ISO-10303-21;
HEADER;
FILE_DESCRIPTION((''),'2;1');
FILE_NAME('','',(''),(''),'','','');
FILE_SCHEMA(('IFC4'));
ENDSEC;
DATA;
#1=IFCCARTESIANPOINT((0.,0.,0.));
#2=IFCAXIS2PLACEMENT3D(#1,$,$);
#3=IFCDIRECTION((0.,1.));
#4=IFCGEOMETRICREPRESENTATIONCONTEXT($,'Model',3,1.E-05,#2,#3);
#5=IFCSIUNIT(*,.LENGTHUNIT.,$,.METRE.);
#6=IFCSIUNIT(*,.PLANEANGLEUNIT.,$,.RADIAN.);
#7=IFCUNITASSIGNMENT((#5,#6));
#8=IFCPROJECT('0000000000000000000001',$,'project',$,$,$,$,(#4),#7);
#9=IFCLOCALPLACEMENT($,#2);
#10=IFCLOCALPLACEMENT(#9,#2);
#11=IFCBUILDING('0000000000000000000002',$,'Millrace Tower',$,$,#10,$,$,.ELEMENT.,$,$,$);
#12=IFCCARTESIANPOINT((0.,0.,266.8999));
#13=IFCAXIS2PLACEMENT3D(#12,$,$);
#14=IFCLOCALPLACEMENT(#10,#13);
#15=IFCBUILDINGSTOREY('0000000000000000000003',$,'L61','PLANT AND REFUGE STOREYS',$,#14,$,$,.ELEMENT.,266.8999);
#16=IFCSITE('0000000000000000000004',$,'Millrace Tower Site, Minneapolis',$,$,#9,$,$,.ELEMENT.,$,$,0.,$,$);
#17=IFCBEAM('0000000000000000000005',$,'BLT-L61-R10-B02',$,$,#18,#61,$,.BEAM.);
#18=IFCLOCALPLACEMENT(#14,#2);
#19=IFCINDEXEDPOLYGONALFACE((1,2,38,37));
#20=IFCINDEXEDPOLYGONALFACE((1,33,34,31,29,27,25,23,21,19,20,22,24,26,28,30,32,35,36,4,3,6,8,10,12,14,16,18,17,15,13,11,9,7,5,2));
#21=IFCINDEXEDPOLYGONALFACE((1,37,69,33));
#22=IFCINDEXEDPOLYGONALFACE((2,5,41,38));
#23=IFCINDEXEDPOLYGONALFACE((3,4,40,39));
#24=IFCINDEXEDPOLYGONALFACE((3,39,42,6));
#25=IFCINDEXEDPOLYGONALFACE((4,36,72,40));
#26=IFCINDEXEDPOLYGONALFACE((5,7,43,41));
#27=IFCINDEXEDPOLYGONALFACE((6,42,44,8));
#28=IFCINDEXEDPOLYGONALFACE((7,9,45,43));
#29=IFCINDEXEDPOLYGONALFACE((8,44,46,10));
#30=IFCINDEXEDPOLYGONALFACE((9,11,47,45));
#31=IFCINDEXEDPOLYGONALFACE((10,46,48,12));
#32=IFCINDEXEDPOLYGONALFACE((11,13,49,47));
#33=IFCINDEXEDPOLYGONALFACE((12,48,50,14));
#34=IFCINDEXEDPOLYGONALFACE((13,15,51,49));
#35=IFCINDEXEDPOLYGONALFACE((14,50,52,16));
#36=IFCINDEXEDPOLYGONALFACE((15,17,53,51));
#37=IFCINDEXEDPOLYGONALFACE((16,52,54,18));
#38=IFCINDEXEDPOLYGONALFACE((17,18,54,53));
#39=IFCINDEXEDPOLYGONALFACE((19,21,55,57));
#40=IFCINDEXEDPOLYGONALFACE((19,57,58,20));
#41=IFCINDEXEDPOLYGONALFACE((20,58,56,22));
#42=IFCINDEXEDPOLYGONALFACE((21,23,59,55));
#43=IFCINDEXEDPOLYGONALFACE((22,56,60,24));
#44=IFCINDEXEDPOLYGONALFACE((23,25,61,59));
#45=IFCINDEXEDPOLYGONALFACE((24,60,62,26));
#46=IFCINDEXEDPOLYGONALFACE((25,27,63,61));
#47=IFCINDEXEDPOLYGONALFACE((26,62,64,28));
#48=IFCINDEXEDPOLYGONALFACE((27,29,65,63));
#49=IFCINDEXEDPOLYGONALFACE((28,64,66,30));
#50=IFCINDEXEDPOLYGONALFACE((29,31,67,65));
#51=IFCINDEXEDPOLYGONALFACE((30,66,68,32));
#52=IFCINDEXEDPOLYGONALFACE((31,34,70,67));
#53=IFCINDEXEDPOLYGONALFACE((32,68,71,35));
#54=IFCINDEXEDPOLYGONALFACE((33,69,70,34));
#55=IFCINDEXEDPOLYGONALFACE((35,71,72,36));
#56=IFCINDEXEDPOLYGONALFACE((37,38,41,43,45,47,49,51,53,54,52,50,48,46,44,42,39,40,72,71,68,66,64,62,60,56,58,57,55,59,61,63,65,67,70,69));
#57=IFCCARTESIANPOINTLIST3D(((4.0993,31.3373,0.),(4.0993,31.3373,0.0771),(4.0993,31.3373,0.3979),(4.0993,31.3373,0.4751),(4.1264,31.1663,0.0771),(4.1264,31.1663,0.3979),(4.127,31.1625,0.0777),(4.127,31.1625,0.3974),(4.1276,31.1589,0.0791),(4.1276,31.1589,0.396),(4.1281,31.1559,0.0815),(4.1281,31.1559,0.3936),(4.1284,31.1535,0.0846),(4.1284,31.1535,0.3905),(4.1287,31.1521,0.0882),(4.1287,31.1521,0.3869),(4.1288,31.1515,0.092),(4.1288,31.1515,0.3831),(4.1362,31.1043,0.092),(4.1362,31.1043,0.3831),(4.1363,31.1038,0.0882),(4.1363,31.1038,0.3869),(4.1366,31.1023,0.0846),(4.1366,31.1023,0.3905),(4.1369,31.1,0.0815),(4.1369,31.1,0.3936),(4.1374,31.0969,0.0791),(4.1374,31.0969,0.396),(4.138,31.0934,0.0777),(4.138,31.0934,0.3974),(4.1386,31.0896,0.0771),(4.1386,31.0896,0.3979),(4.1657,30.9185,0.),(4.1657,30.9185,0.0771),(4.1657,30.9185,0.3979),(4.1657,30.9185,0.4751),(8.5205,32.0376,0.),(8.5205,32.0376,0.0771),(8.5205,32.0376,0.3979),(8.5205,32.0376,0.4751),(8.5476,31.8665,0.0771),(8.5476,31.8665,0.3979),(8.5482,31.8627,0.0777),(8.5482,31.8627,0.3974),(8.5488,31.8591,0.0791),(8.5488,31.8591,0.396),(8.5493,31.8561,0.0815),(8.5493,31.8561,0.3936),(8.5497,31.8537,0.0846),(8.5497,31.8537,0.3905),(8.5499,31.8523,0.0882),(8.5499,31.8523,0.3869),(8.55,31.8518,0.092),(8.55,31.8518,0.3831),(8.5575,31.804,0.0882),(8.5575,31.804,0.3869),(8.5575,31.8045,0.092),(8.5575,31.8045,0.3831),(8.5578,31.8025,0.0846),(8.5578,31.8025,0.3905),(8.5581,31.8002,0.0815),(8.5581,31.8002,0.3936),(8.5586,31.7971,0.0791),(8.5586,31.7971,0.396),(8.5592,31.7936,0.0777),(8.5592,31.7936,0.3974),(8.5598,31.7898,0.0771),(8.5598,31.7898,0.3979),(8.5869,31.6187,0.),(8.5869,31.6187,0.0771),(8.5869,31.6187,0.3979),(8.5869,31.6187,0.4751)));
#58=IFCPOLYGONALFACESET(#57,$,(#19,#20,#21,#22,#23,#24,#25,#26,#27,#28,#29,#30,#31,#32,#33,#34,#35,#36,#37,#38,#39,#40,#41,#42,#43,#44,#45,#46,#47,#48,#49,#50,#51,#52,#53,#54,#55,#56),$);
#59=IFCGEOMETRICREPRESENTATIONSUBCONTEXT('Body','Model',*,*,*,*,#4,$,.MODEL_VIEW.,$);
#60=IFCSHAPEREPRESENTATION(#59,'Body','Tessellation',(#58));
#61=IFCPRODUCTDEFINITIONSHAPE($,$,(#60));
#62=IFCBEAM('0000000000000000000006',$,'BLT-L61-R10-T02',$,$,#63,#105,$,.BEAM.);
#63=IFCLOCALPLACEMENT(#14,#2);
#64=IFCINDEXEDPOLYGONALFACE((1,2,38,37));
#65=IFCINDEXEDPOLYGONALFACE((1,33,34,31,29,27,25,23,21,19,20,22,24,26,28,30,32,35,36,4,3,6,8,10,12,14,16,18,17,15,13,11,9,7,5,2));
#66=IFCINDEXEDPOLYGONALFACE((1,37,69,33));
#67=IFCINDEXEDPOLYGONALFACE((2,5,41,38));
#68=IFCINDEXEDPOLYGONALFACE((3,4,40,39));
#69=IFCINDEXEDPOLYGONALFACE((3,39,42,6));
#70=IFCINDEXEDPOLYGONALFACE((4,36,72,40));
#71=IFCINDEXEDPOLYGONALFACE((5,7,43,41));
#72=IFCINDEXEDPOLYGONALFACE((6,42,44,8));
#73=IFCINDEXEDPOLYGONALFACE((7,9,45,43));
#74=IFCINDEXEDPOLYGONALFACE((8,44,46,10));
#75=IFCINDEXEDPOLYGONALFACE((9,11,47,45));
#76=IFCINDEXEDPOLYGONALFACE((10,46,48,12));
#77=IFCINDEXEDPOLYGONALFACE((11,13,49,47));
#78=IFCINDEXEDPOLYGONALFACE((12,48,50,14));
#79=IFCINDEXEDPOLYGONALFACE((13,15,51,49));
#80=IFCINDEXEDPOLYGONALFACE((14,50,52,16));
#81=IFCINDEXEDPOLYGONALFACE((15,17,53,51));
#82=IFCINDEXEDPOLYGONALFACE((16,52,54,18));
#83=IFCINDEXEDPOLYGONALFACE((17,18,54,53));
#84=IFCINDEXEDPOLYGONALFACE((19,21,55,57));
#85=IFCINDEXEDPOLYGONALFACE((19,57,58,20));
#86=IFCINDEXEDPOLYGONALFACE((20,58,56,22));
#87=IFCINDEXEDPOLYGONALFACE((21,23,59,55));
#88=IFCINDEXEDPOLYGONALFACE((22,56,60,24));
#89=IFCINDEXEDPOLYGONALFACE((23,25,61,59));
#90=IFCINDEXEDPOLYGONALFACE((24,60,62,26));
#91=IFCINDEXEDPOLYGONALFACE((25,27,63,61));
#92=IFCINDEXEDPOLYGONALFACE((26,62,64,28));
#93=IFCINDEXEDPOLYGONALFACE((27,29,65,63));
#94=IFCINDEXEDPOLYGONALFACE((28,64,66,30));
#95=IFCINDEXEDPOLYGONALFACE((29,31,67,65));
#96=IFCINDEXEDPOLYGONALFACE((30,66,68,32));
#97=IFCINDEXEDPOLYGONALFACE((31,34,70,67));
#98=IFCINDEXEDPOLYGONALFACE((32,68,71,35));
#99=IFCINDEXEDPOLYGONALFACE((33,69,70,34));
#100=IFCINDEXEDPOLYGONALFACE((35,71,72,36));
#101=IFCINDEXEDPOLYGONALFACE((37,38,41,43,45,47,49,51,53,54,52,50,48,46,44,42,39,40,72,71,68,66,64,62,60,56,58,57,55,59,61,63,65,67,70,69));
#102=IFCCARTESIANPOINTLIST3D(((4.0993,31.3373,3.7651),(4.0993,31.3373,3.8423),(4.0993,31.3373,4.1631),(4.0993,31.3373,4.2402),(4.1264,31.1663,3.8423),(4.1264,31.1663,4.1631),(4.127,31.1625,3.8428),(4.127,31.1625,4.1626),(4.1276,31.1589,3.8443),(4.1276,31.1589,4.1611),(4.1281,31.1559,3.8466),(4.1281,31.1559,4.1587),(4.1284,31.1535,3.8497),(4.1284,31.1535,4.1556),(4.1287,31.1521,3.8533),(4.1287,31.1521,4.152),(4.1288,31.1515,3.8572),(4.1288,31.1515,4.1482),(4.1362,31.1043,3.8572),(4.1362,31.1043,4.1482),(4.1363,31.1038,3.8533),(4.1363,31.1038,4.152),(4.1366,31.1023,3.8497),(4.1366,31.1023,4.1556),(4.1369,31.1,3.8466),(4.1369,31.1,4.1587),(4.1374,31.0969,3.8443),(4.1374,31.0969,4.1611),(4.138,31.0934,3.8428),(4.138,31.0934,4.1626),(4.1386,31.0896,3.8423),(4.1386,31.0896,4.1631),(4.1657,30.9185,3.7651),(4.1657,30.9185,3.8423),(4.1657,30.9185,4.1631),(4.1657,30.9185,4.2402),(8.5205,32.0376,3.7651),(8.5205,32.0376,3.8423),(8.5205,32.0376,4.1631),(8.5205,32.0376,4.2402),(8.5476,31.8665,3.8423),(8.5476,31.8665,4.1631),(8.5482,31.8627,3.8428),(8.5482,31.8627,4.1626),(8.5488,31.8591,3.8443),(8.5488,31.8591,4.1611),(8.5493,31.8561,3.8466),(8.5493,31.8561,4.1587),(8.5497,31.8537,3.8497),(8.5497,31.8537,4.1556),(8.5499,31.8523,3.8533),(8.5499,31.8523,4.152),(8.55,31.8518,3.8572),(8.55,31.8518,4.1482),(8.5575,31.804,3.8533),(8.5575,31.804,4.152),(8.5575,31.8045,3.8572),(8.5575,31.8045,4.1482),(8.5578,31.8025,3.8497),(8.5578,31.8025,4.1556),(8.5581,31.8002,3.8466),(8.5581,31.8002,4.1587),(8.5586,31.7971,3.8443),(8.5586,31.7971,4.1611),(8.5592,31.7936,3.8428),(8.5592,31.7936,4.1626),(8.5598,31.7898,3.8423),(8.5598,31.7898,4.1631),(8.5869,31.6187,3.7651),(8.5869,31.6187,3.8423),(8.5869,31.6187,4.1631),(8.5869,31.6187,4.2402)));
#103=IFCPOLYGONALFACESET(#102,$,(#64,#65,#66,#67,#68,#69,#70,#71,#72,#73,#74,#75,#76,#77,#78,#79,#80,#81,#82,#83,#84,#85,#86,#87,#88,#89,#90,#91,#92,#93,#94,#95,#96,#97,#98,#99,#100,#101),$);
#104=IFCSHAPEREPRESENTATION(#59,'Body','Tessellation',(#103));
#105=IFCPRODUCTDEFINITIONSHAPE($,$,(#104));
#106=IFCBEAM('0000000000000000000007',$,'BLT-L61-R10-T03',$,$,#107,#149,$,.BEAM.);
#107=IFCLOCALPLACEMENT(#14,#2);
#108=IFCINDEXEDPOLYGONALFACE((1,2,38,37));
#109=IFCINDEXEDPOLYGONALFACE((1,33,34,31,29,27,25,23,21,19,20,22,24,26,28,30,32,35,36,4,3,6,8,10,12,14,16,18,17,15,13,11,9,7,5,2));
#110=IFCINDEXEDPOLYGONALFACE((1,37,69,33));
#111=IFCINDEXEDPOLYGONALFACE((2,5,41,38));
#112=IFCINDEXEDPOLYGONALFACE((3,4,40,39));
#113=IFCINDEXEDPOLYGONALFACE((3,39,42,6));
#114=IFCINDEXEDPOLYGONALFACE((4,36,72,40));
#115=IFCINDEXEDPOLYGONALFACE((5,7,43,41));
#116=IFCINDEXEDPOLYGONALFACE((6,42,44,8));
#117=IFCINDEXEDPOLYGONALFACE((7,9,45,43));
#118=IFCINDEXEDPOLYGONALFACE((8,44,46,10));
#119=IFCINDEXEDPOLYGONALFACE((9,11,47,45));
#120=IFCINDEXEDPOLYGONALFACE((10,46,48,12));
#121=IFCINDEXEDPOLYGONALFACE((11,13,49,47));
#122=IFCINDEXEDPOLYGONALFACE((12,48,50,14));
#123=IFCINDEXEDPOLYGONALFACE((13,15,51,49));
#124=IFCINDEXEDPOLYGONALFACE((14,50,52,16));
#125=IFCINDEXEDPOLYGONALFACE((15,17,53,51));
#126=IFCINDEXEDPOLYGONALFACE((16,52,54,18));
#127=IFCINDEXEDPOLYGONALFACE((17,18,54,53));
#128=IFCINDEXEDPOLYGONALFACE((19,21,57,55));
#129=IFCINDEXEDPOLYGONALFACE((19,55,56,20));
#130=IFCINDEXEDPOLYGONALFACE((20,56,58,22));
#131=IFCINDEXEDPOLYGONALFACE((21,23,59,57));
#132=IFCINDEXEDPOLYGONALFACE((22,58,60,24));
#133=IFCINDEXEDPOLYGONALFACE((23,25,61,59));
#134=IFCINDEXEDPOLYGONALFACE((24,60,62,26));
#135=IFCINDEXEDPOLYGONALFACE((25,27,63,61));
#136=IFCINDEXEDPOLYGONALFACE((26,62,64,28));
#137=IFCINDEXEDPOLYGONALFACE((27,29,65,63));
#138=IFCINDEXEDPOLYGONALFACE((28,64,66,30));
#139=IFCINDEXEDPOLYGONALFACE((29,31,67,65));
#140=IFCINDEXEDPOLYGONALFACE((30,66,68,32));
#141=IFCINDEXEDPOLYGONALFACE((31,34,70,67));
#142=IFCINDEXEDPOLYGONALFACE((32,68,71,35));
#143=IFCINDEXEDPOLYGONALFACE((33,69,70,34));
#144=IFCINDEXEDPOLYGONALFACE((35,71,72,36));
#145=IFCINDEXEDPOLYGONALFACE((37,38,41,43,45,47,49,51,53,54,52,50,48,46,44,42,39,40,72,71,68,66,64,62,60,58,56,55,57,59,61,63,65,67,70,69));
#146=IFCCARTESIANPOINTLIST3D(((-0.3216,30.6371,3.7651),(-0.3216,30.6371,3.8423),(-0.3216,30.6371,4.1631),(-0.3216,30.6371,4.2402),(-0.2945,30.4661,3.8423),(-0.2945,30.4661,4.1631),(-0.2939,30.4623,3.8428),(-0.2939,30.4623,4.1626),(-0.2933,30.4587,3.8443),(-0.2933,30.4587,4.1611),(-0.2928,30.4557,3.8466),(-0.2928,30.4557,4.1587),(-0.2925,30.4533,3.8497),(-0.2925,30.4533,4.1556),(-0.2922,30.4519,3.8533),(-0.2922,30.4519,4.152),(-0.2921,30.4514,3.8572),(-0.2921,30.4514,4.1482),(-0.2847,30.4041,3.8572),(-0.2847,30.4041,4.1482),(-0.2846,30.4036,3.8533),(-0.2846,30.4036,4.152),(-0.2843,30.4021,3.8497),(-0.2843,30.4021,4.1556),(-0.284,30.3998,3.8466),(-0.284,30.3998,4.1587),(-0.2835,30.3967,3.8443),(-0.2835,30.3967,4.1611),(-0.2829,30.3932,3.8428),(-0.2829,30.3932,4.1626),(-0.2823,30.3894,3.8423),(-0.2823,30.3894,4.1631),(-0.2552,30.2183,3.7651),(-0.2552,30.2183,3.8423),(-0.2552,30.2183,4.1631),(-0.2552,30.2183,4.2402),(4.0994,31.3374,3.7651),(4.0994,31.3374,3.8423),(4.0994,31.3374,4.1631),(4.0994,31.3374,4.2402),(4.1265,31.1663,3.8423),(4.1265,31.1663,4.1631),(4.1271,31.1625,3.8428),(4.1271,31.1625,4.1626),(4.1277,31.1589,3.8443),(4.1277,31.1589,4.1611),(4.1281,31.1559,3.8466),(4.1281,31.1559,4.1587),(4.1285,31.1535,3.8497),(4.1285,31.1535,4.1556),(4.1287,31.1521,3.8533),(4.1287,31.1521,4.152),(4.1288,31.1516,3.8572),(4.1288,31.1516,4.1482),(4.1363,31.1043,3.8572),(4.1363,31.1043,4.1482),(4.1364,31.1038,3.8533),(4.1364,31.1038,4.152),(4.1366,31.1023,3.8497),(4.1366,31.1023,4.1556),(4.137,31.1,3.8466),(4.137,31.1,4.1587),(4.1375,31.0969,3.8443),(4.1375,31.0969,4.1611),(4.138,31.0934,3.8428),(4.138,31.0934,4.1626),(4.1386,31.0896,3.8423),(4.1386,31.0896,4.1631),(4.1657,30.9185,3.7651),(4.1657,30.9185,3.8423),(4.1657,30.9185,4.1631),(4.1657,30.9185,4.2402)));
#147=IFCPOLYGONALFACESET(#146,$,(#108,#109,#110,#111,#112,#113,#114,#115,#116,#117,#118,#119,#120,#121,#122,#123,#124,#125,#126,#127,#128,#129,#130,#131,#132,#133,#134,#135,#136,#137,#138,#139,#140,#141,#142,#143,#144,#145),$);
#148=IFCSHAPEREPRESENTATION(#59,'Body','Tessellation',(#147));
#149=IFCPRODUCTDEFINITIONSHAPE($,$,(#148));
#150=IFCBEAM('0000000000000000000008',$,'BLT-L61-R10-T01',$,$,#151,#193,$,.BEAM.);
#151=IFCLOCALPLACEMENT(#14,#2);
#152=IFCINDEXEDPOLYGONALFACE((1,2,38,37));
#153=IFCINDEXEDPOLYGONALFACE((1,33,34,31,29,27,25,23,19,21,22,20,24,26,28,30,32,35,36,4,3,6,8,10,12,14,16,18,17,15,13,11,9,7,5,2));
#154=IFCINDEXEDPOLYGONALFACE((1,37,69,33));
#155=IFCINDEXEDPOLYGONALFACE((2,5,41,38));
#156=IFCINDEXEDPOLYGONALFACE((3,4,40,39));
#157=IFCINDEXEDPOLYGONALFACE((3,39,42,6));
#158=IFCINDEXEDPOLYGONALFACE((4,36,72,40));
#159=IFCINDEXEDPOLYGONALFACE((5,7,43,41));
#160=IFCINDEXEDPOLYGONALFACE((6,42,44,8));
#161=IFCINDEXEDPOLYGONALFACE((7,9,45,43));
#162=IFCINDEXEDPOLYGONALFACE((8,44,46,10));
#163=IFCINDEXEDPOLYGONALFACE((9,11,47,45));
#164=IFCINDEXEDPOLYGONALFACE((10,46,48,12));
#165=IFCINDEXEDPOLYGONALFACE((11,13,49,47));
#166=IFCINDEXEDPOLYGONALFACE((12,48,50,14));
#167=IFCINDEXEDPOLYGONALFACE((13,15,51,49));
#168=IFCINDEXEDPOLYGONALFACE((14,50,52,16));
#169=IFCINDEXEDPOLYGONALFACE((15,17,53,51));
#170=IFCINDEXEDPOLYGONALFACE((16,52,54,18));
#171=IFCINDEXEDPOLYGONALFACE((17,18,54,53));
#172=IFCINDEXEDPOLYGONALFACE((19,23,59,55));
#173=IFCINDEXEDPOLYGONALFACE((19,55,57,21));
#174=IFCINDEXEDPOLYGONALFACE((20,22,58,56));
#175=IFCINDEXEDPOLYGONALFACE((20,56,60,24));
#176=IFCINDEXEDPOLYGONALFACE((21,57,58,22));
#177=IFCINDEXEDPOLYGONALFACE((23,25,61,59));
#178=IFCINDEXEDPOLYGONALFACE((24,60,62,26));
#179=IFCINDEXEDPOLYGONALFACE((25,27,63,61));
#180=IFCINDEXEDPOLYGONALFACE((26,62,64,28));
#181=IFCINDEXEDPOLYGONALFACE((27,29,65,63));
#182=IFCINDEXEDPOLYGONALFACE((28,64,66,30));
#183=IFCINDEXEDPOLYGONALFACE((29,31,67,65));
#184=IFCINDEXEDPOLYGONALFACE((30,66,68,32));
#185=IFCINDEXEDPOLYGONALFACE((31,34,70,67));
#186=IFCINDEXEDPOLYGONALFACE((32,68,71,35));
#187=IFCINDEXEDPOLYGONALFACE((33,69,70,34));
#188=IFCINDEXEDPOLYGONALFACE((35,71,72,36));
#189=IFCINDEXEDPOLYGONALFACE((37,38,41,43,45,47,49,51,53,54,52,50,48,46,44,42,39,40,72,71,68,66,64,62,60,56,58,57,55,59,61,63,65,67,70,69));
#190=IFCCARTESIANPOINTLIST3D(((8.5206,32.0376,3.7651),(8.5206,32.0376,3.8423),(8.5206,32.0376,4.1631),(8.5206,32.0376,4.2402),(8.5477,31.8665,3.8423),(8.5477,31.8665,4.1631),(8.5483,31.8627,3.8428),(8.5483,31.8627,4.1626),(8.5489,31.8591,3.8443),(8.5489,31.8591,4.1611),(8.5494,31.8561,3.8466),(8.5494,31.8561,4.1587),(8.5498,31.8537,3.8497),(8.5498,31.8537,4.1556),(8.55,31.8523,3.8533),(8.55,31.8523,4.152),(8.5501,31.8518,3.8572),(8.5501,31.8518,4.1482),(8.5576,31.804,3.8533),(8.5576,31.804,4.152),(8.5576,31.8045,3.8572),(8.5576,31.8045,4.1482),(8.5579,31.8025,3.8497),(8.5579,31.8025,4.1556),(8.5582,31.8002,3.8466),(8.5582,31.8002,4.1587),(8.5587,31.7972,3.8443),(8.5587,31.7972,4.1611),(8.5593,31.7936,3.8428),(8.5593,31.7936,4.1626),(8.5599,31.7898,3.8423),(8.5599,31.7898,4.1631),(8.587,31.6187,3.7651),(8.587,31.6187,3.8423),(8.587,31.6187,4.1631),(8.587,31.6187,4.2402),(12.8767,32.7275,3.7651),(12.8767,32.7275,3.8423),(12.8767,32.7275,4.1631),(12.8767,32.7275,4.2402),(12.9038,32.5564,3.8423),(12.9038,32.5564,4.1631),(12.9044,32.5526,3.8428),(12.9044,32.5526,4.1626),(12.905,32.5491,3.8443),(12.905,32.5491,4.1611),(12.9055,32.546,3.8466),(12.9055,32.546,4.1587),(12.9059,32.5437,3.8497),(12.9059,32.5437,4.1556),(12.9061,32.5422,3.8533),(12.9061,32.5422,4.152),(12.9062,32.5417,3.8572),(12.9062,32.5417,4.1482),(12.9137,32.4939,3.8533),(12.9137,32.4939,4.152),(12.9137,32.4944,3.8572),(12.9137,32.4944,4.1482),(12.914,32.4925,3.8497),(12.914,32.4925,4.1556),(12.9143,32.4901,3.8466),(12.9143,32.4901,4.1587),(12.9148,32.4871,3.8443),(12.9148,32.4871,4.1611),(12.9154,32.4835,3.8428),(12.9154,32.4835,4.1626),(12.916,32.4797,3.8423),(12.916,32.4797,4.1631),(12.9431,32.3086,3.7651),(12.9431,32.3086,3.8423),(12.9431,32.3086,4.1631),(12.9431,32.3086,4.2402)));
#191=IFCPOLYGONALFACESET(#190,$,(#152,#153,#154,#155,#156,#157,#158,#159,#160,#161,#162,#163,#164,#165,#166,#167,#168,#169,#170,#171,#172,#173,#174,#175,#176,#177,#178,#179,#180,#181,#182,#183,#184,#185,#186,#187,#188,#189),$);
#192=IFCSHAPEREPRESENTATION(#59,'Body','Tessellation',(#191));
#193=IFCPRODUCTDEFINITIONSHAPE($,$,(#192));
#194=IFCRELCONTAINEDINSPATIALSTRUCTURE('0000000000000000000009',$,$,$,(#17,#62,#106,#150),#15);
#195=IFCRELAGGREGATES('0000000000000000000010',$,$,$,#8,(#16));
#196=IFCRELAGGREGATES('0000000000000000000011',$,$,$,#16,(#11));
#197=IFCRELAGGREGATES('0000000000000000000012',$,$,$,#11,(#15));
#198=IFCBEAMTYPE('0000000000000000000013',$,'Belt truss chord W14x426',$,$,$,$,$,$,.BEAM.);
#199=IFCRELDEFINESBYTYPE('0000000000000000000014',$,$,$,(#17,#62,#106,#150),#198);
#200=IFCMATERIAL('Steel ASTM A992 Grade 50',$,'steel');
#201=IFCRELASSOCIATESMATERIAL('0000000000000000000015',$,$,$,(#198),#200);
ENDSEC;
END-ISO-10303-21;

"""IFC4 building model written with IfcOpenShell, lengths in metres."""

from ifc_helpers import new_model, si_unit, direction, frame, origin, origin_2d, place, context, subcontext, project, spatial, i_section, extrude, material, material_profile, profile_set, type_object, element, save


model = new_model("IFC4")

# Units and contexts
model_context = context("Model", 3, precision=1e-05, world=origin(), true_north=direction((0.0, 1.0)))
body_context = subcontext(model_context, "Body", "Model", "MODEL_VIEW")
ifc_project = project(units=[si_unit("LENGTHUNIT", "METRE"), si_unit("PLANEANGLEUNIT", "RADIAN")], contexts=[model_context])

# Site, building, storey
site_placement = place(None, origin())
site = spatial("IfcSite", under=ifc_project, at=site_placement, Name="Millrace Tower Site, Minneapolis", CompositionType="ELEMENT", RefElevation=0.0)
building_placement = place(site_placement, origin())
building = spatial("IfcBuilding", under=site, at=building_placement, Name="Millrace Tower", CompositionType="ELEMENT")
storey_placement = place(building_placement, frame((0.0, 0.0, 266.8999)))
storey = spatial("IfcBuildingStorey", under=building, at=storey_placement, Name="L61", Description="PLANT AND REFUGE STOREYS", CompositionType="ELEMENT", Elevation=266.8999)

# Beams
ifc_material_1 = material(Name="Steel ASTM A992 Grade 50", Category="steel")
ifc_material_profile_1 = material_profile(ifc_material_1, i_section(OverallWidth=0.4241, OverallDepth=0.4751, WebThickness=0.0479, FlangeThickness=0.0771, FilletRadius=0.0149, at=origin_2d()))
ifc_profile_set_1 = profile_set([ifc_material_profile_1], Name="Steel ASTM A992 Grade 50")
beam_type_1 = type_object("IfcBeamType", Name="Belt truss chord W14x426", PredefinedType="BEAM", material=ifc_profile_set_1)
for number, where, z_axis, x_axis, name in (
    (1, (8.5537, 31.8281, 0.2375), (-0.98769, -0.156425, 0.0), (0.156425, -0.98769, 0.0), "BLT-L61-R10-B02"),
    (2, (8.5537, 31.8281, 4.0027), (-0.98769, -0.156425, 0.0), (0.156425, -0.98769, 0.0), "BLT-L61-R10-T02"),
):
    element("IfcBeam", number, at=place(storey_placement, frame(where, z_axis=z_axis, x_axis=x_axis)), inside=storey, type_object=beam_type_1, Name=name, PredefinedType="BEAM", context=body_context, shape_type="SweptSolid", body=[
        extrude(i_section(OverallWidth=0.4241, OverallDepth=0.4751, WebThickness=0.0479, FlangeThickness=0.0771, FilletRadius=0.0149, at=origin_2d()), origin(), (0.0, 0.0, 1.0), 4.4763),
    ])
beam_1_placement = place(storey_placement, frame((4.1326, 31.1279, 4.0027), z_axis=(-0.987689, -0.156433, 0.0), x_axis=(0.156433, -0.987689, 0.0)))
element("IfcBeam", 3, at=beam_1_placement, inside=storey, type_object=beam_type_1, Name="BLT-L61-R10-T03", PredefinedType="BEAM", context=body_context, shape_type="SweptSolid", body=[
    extrude(i_section(OverallWidth=0.4241, OverallDepth=0.4751, WebThickness=0.0479, FlangeThickness=0.0771, FilletRadius=0.0149, at=origin_2d()), origin(), (0.0, 0.0, 1.0), 4.4761),
])
beam_2_placement = place(storey_placement, frame((12.9099, 32.5181, 4.0027), z_axis=(-0.987689, -0.156432, 0.0), x_axis=(0.156432, -0.987689, 0.0)))
element("IfcBeam", 4, at=beam_2_placement, inside=storey, type_object=beam_type_1, Name="BLT-L61-R10-T01", PredefinedType="BEAM", context=body_context, shape_type="SweptSolid", body=[
    extrude(i_section(OverallWidth=0.4241, OverallDepth=0.4751, WebThickness=0.0479, FlangeThickness=0.0771, FilletRadius=0.0149, at=origin_2d()), origin(), (0.0, 0.0, 1.0), 4.4104),
])

save(model, "model.ifc")
